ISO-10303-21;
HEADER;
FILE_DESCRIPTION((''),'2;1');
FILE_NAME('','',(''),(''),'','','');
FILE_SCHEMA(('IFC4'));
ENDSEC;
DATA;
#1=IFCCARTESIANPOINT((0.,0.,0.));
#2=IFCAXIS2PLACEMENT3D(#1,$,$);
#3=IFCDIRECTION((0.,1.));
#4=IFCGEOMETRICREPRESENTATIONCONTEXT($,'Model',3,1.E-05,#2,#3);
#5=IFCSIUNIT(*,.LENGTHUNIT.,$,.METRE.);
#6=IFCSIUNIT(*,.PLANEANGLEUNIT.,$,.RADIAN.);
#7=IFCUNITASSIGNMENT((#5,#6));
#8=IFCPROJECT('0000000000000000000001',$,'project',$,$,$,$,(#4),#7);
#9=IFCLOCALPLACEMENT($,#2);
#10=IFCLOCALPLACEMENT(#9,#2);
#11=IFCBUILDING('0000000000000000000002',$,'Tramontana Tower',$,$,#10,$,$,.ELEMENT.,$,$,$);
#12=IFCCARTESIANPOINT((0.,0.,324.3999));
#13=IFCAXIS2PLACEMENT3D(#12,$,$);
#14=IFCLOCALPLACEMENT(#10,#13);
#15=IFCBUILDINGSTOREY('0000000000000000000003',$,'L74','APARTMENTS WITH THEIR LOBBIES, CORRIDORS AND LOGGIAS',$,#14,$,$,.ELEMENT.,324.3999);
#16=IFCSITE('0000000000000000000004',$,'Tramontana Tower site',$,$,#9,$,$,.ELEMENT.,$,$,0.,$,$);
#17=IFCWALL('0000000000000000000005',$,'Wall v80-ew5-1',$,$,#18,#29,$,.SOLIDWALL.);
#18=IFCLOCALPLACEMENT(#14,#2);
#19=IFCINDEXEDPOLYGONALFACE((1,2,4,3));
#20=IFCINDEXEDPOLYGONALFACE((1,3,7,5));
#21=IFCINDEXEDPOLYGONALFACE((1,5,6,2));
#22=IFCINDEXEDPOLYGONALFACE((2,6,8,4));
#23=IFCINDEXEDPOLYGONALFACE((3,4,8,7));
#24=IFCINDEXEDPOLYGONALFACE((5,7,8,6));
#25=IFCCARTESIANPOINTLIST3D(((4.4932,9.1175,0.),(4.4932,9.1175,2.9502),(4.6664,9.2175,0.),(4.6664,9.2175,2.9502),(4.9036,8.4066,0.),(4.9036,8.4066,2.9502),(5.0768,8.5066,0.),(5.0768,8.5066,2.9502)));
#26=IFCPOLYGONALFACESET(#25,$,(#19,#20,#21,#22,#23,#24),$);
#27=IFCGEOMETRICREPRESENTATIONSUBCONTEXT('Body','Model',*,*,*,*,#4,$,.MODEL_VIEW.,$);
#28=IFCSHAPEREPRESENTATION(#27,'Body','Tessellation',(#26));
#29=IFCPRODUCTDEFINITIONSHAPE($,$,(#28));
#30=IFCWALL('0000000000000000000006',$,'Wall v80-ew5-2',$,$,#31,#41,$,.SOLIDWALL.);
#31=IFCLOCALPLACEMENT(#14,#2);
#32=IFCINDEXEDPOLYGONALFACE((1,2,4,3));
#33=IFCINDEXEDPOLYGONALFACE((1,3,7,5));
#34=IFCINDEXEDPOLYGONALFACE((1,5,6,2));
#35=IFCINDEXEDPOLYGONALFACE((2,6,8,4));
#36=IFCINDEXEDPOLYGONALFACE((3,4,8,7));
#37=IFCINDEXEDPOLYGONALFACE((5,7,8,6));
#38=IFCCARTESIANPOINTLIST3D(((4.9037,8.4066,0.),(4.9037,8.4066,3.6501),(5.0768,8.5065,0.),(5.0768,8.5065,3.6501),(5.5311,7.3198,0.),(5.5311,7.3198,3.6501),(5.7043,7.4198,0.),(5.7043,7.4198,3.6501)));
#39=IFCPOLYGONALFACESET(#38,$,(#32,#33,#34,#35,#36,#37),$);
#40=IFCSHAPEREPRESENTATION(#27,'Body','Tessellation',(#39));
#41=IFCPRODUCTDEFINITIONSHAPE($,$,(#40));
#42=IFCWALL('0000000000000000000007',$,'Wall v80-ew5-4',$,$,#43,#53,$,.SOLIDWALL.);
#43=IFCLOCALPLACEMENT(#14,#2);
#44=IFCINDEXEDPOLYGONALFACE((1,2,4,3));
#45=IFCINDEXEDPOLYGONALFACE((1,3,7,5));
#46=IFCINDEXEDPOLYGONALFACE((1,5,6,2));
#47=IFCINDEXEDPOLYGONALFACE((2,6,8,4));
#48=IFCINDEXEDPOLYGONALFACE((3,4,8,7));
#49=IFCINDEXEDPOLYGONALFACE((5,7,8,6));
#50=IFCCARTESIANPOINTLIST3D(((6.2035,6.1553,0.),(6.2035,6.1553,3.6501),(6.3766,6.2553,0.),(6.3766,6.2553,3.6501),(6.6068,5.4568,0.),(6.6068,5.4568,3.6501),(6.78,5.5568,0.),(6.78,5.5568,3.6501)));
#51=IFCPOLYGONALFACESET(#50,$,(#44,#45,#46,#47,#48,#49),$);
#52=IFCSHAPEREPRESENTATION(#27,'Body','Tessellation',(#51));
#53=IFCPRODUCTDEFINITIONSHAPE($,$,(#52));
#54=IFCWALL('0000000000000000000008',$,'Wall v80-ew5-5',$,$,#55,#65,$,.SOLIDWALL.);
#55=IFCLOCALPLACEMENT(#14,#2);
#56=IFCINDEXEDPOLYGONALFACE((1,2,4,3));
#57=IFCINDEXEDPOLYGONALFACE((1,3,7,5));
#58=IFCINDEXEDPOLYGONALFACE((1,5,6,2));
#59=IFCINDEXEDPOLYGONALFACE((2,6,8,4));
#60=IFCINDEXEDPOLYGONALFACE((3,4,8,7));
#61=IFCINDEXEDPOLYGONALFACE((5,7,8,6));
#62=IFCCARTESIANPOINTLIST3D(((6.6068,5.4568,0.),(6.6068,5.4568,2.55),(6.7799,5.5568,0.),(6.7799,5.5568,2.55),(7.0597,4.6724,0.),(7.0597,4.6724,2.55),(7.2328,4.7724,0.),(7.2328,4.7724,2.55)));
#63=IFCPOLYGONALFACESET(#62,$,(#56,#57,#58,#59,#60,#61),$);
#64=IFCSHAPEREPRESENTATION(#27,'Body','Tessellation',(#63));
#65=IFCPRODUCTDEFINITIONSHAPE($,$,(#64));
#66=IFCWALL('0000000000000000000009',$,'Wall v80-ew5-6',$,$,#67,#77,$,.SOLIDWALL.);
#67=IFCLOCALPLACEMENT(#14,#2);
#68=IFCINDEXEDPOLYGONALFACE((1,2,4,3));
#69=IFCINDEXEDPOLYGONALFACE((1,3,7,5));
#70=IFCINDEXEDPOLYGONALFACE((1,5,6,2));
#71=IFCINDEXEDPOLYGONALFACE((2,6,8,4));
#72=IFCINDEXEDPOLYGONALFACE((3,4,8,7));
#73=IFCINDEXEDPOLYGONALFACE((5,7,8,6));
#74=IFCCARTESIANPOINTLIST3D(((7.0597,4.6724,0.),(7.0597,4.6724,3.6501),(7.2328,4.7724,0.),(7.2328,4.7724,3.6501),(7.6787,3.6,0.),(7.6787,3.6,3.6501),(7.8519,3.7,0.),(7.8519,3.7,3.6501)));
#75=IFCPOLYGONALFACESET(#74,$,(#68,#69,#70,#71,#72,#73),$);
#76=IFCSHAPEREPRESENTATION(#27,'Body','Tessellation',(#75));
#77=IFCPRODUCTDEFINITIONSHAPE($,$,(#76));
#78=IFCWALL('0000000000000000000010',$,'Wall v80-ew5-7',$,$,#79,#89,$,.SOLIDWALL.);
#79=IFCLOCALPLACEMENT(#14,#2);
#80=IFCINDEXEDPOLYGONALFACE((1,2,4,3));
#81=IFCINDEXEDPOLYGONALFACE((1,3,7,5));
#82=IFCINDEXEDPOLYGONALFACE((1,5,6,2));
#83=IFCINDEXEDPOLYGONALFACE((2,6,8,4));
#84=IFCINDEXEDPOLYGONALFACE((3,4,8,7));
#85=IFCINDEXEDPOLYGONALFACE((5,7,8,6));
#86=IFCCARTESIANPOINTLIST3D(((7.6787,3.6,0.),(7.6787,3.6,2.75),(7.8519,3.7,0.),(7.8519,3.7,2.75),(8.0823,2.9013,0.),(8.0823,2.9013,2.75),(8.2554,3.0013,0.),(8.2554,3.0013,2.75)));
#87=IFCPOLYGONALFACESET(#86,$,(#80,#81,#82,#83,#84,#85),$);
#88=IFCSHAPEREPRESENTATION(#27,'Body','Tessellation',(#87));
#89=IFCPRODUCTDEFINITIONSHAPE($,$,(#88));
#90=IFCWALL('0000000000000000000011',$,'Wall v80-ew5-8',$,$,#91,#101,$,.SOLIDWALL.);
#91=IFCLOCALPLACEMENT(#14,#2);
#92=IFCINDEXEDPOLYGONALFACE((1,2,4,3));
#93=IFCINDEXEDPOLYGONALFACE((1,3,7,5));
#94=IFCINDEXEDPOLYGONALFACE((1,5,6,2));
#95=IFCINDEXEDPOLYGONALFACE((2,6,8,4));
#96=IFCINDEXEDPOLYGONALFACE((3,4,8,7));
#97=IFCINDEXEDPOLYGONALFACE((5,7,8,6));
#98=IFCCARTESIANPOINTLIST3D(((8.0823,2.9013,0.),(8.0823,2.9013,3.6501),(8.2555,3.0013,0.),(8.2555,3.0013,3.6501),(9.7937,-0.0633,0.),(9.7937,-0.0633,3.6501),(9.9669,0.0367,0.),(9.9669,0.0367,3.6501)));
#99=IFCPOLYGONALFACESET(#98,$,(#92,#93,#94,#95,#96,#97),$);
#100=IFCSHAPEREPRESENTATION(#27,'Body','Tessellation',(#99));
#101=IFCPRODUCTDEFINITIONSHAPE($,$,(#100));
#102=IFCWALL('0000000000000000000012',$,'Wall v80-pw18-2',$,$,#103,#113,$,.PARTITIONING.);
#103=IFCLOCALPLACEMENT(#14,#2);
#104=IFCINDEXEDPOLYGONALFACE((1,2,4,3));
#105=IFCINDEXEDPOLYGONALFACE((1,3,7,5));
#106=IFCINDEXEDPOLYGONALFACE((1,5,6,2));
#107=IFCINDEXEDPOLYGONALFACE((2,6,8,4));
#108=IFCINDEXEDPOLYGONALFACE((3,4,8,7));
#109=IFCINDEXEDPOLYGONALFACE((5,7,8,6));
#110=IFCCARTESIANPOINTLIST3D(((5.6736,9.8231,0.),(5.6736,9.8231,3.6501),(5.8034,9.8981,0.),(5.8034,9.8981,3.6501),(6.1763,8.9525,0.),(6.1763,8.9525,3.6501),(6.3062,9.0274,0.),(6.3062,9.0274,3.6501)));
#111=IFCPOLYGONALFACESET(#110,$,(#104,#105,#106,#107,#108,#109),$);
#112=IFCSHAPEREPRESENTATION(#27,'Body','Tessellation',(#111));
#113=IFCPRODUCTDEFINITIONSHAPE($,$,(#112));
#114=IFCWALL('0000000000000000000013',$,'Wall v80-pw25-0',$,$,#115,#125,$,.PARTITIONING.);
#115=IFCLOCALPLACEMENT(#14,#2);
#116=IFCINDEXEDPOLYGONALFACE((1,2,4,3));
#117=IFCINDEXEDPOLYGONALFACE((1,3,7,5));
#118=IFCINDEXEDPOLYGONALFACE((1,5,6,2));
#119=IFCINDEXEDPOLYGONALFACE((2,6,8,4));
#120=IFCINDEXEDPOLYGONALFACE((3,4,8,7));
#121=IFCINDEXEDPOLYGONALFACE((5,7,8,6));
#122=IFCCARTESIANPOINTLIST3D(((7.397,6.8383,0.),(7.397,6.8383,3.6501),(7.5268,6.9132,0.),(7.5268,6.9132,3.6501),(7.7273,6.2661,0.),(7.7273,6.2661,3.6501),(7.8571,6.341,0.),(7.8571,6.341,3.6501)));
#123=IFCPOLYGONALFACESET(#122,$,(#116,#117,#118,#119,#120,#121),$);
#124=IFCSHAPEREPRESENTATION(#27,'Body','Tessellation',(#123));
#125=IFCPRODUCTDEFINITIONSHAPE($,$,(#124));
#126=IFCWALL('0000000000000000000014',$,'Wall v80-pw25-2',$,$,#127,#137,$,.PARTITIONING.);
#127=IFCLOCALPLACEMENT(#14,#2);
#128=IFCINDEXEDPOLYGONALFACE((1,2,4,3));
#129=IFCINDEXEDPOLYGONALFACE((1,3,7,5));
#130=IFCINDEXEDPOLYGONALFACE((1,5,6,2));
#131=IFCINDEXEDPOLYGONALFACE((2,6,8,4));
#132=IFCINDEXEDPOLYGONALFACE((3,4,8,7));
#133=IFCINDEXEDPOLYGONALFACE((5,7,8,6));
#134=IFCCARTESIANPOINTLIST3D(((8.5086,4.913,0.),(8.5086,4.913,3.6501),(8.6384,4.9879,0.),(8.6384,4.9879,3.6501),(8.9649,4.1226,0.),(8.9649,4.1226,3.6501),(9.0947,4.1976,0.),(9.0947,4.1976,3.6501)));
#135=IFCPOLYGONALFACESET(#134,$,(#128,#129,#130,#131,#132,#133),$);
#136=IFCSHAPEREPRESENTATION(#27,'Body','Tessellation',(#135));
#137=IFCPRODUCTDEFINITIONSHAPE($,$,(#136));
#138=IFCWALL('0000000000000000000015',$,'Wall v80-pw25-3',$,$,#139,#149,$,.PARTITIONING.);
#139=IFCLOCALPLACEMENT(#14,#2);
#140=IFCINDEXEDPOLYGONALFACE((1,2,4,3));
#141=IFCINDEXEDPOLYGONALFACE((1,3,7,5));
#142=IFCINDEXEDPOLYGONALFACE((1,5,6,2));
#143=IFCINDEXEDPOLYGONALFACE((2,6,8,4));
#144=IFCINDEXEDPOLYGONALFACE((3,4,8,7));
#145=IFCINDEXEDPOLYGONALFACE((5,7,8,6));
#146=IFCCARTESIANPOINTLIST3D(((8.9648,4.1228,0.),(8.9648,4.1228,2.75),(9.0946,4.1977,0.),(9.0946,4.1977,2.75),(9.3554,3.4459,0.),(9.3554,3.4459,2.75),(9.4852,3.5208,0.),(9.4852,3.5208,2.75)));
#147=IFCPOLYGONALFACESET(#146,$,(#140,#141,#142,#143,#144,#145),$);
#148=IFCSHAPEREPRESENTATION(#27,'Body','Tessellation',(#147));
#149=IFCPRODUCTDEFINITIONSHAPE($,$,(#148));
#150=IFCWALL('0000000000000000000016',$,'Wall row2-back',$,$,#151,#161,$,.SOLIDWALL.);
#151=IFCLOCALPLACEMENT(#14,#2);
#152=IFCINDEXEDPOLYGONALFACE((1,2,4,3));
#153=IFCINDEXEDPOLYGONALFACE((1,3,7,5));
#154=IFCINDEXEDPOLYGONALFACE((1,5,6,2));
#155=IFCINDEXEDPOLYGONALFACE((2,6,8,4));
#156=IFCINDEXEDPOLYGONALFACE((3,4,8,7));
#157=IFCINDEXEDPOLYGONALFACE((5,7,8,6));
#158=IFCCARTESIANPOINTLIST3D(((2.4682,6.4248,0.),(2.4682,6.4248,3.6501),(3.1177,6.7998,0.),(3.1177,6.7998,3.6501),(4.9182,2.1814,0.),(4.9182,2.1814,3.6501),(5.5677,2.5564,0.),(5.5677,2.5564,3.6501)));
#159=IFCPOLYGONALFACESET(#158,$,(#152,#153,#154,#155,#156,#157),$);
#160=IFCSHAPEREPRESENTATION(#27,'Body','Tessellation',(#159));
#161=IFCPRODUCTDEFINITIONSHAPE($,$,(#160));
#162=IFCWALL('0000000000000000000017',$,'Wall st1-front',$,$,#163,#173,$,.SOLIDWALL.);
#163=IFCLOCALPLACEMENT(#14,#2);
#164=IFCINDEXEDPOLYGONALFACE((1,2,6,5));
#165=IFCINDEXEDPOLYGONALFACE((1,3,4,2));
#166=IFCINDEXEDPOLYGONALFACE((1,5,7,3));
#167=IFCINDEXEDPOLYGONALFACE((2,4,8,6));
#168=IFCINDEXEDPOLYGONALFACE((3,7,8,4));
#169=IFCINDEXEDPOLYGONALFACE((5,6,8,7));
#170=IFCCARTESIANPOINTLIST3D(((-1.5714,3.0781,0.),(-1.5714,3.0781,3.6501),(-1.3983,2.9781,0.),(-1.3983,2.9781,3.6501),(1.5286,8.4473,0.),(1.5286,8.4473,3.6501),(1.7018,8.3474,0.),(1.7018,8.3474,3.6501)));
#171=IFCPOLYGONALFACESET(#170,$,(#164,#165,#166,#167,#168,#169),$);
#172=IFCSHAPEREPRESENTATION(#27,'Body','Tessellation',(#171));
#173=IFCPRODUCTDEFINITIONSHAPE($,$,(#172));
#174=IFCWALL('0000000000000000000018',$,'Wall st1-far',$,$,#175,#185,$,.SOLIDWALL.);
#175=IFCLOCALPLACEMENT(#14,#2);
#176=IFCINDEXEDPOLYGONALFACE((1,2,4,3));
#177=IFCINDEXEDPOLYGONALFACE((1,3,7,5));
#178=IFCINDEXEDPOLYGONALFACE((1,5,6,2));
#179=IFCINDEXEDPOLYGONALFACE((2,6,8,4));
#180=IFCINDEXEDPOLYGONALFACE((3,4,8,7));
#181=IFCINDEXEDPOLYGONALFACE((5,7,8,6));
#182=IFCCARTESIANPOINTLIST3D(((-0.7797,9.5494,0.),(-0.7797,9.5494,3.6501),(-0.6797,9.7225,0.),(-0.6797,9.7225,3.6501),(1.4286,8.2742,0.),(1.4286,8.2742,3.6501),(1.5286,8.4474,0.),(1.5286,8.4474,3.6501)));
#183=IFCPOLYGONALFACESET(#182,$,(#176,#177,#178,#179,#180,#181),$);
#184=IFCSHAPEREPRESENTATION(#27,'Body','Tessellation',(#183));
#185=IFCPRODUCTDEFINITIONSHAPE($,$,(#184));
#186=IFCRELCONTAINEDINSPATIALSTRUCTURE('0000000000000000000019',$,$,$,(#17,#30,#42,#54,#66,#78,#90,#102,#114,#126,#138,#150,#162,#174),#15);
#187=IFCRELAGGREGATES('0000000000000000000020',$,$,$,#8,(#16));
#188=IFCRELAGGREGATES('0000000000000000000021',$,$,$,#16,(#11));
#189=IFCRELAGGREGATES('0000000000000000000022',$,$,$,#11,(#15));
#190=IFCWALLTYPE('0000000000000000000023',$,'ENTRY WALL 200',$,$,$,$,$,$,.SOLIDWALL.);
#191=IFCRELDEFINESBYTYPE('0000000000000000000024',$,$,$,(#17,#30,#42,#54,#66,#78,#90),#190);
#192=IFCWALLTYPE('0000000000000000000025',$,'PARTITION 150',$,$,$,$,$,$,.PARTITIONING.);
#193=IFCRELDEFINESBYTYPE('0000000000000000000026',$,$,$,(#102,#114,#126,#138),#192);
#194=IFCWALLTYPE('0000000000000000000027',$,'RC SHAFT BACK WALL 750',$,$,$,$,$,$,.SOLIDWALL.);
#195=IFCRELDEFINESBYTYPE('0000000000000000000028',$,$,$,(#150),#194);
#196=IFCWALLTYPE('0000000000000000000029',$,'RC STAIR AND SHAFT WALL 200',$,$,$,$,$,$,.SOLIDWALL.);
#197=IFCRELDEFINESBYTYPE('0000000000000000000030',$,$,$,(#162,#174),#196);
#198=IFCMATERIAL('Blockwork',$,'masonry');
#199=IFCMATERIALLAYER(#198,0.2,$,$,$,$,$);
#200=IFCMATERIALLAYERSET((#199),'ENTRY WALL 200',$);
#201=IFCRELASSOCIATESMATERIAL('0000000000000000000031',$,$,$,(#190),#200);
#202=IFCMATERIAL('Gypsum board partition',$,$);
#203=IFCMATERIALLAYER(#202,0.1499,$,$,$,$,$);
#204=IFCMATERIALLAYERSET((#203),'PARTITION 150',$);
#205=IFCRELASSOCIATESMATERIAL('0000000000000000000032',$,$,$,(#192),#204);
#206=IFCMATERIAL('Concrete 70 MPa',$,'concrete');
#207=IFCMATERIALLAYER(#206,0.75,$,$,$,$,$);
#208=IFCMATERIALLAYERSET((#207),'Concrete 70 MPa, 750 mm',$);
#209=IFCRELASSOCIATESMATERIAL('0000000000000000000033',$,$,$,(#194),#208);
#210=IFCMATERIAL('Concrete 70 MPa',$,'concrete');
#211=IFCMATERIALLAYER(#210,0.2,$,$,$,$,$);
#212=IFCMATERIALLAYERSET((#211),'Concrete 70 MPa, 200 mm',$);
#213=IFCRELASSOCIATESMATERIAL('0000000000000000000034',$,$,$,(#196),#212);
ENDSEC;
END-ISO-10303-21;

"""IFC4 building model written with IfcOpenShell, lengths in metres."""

from ifc_helpers import new_model, si_unit, direction, frame, frame_2d, origin, place, context, subcontext, project, spatial, rectangle, extrude, material, layer, layer_set, type_object, element, save


model = new_model("IFC4")

# Units and contexts
model_context = context("Model", 3, precision=1e-05, world=origin(), true_north=direction((0.0, 1.0)))
body_context = subcontext(model_context, "Body", "Model", "MODEL_VIEW")
ifc_project = project(units=[si_unit("LENGTHUNIT", "METRE"), si_unit("PLANEANGLEUNIT", "RADIAN")], contexts=[model_context])

# Site, building, storey
site_placement = place(None, origin())
site = spatial("IfcSite", under=ifc_project, at=site_placement, Name="Tramontana Tower site", CompositionType="ELEMENT", RefElevation=0.0)
building_placement = place(site_placement, origin())
building = spatial("IfcBuilding", under=site, at=building_placement, Name="Tramontana Tower", CompositionType="ELEMENT")
storey_placement = place(building_placement, frame((0.0, 0.0, 324.3999)))
storey = spatial("IfcBuildingStorey", under=building, at=storey_placement, Name="L74", Description="APARTMENTS WITH THEIR LOBBIES, CORRIDORS AND LOGGIAS", CompositionType="ELEMENT", Elevation=324.3999)

# Walls
ifc_material_1 = material(Name="Blockwork", Category="masonry")
ifc_layer_1 = layer(ifc_material_1, 0.2)
ifc_layer_set_1 = layer_set([ifc_layer_1], Name="ENTRY WALL 200")
wall_type_1 = type_object("IfcWallType", Name="ENTRY WALL 200", PredefinedType="SOLIDWALL", material=ifc_layer_set_1)
wall_1_placement = place(storey_placement, frame((4.5798, 9.1675, 0.0), z_axis=(0.0, 0.0, 1.0), x_axis=(0.499946, -0.866057, 0.0)))
element("IfcWall", 1, at=wall_1_placement, inside=storey, type_object=wall_type_1, Name="Wall v80-ew5-1", PredefinedType="SOLIDWALL", context=body_context, shape_type="SweptSolid", body=[
    extrude(rectangle(XDim=0.8208, YDim=0.2, at=frame_2d((0.4104, 0.0))), origin(), (0.0, 0.0, 1.0), 2.9502),
])
wall_2_placement = place(storey_placement, frame((4.9902, 8.4565, 0.0), z_axis=(0.0, 0.0, 1.0), x_axis=(0.500031, -0.866007, 0.0)))
element("IfcWall", 2, at=wall_2_placement, inside=storey, type_object=wall_type_1, Name="Wall v80-ew5-2", PredefinedType="SOLIDWALL", context=body_context, shape_type="SweptSolid", body=[
    extrude(rectangle(XDim=1.2549, YDim=0.2, at=frame_2d((0.6274, 0.0))), origin(), (0.0, 0.0, 1.0), 3.6501),
])

# Walls
wall_3_placement = place(storey_placement, frame((6.29, 6.2053, 0.0), z_axis=(0.0, 0.0, 1.0), x_axis=(0.500046, -0.865999, 0.0)))
element("IfcWall", 3, at=wall_3_placement, inside=storey, type_object=wall_type_1, Name="Wall v80-ew5-4", PredefinedType="SOLIDWALL", context=body_context, shape_type="SweptSolid", body=[
    extrude(rectangle(XDim=0.8066, YDim=0.2, at=frame_2d((0.4033, 0.0))), origin(), (0.0, 0.0, 1.0), 3.6501),
])
wall_4_placement = place(storey_placement, frame((6.6934, 5.5068, 0.0), z_axis=(0.0, 0.0, 1.0), x_axis=(0.499995, -0.866028, 0.0)))
element("IfcWall", 4, at=wall_4_placement, inside=storey, type_object=wall_type_1, Name="Wall v80-ew5-5", PredefinedType="SOLIDWALL", context=body_context, shape_type="SweptSolid", body=[
    extrude(rectangle(XDim=0.9058, YDim=0.2, at=frame_2d((0.4529, 0.0))), origin(), (0.0, 0.0, 1.0), 2.55),
])
wall_5_placement = place(storey_placement, frame((7.1462, 4.7224, 0.0), z_axis=(0.0, 0.0, 1.0), x_axis=(0.499956, -0.866051, 0.0)))
element("IfcWall", 5, at=wall_5_placement, inside=storey, type_object=wall_type_1, Name="Wall v80-ew5-6", PredefinedType="SOLIDWALL", context=body_context, shape_type="SweptSolid", body=[
    extrude(rectangle(XDim=1.2383, YDim=0.2, at=frame_2d((0.6191, 0.0))), origin(), (0.0, 0.0, 1.0), 3.6501),
])
wall_6_placement = place(storey_placement, frame((7.7654, 3.6499, 0.0), z_axis=(0.0, 0.0, 1.0), x_axis=(0.500141, -0.865944, 0.0)))
element("IfcWall", 6, at=wall_6_placement, inside=storey, type_object=wall_type_1, Name="Wall v80-ew5-7", PredefinedType="SOLIDWALL", context=body_context, shape_type="SweptSolid", body=[
    extrude(rectangle(XDim=0.8069, YDim=0.2, at=frame_2d((0.4033, 0.0))), origin(), (0.0, 0.0, 1.0), 2.75),
])
wall_7_placement = place(storey_placement, frame((8.1689, 2.9512, 0.0), z_axis=(0.0, 0.0, 1.0), x_axis=(0.499959, -0.866049, 0.0)))
element("IfcWall", 7, at=wall_7_placement, inside=storey, type_object=wall_type_1, Name="Wall v80-ew5-8", PredefinedType="SOLIDWALL", context=body_context, shape_type="SweptSolid", body=[
    extrude(rectangle(XDim=3.4231, YDim=0.2, at=frame_2d((1.7114, 0.0))), origin(), (0.0, 0.0, 1.0), 3.6501),
])
ifc_material_2 = material(Name="Gypsum board partition")
ifc_layer_2 = layer(ifc_material_2, 0.1499)
ifc_layer_set_2 = layer_set([ifc_layer_2], Name="PARTITION 150")
wall_type_2 = type_object("IfcWallType", Name="PARTITION 150", PredefinedType="PARTITIONING", material=ifc_layer_set_2)
wall_8_placement = place(storey_placement, frame((5.7385, 9.8606, 0.0), z_axis=(0.0, 0.0, 1.0), x_axis=(0.500031, -0.866008, 0.0)))
element("IfcWall", 8, at=wall_8_placement, inside=storey, type_object=wall_type_2, Name="Wall v80-pw18-2", PredefinedType="PARTITIONING", context=body_context, shape_type="SweptSolid", body=[
    extrude(rectangle(XDim=1.0054, YDim=0.1499, at=frame_2d((0.5027, 0.0))), origin(), (0.0, 0.0, 1.0), 3.6501),
])

# Wall
wall_9_placement = place(storey_placement, frame((7.4619, 6.8757, 0.0), z_axis=(0.0, 0.0, 1.0), x_axis=(0.499914, -0.866075, 0.0)))
element("IfcWall", 9, at=wall_9_placement, inside=storey, type_object=wall_type_2, Name="Wall v80-pw25-0", PredefinedType="PARTITIONING", context=body_context, shape_type="SweptSolid", body=[
    extrude(rectangle(XDim=0.6606, YDim=0.1499, at=frame_2d((0.3303, 0.0))), origin(), (0.0, 0.0, 1.0), 3.6501),
])

# Walls
wall_10_placement = place(storey_placement, frame((8.5735, 4.9504, 0.0), z_axis=(0.0, 0.0, 1.0), x_axis=(0.500024, -0.866012, 0.0)))
element("IfcWall", 10, at=wall_10_placement, inside=storey, type_object=wall_type_2, Name="Wall v80-pw25-2", PredefinedType="PARTITIONING", context=body_context, shape_type="SweptSolid", body=[
    extrude(rectangle(XDim=0.9126, YDim=0.1499, at=frame_2d((0.4563, 0.0))), origin(), (0.0, 0.0, 1.0), 3.6501),
])
wall_11_placement = place(storey_placement, frame((9.0298, 4.1602, 0.0), z_axis=(0.0, 0.0, 1.0), x_axis=(0.499768, -0.86616, 0.0)))
element("IfcWall", 11, at=wall_11_placement, inside=storey, type_object=wall_type_2, Name="Wall v80-pw25-3", PredefinedType="PARTITIONING", context=body_context, shape_type="SweptSolid", body=[
    extrude(rectangle(XDim=0.7815, YDim=0.1499, at=frame_2d((0.3906, 0.0))), origin(), (0.0, 0.0, 1.0), 2.75),
])
ifc_material_3 = material(Name="Concrete 70 MPa", Category="concrete")
ifc_layer_3 = layer(ifc_material_3, 0.75)
ifc_layer_set_3 = layer_set([ifc_layer_3], Name="Concrete 70 MPa, 750 mm")
wall_type_3 = type_object("IfcWallType", Name="RC SHAFT BACK WALL 750", PredefinedType="SOLIDWALL", material=ifc_layer_set_3)
wall_12_placement = place(storey_placement, frame((5.2429, 2.3689, 0.0), z_axis=(0.0, 0.0, 1.0), x_axis=(-0.500003, 0.866024, 0.0)))
element("IfcWall", 12, at=wall_12_placement, inside=storey, type_object=wall_type_3, Name="Wall row2-back", PredefinedType="SOLIDWALL", context=body_context, shape_type="SweptSolid", body=[
    extrude(rectangle(XDim=4.8999, YDim=0.75, at=frame_2d((2.45, 0.0))), origin(), (0.0, 0.0, 1.0), 3.6501),
])
ifc_material_4 = material(Name="Concrete 70 MPa", Category="concrete")
ifc_layer_4 = layer(ifc_material_4, 0.2)
ifc_layer_set_4 = layer_set([ifc_layer_4], Name="Concrete 70 MPa, 200 mm")
wall_type_4 = type_object("IfcWallType", Name="RC STAIR AND SHAFT WALL 200", PredefinedType="SOLIDWALL", material=ifc_layer_set_4)
wall_13_placement = place(storey_placement, frame((1.6152, 8.3975, 0.0), z_axis=(0.0, 0.0, 1.0), x_axis=(-0.50001, -0.86602, 0.0)))
element("IfcWall", 13, at=wall_13_placement, inside=storey, type_object=wall_type_4, Name="Wall st1-front", PredefinedType="SOLIDWALL", context=body_context, shape_type="SweptSolid", body=[
    extrude(rectangle(XDim=6.2, YDim=0.2, at=frame_2d((3.1001, 0.0))), origin(), (0.0, 0.0, 1.0), 3.6501),
])
wall_14_placement = place(storey_placement, frame((1.4785, 8.3608, 0.0), z_axis=(0.0, 0.0, 1.0), x_axis=(-0.865989, 0.500062, 0.0)))
element("IfcWall", 14, at=wall_14_placement, inside=storey, type_object=wall_type_4, Name="Wall st1-far", PredefinedType="SOLIDWALL", context=body_context, shape_type="SweptSolid", body=[
    extrude(rectangle(XDim=2.55, YDim=0.2, at=frame_2d((1.2749, 0.0))), origin(), (0.0, 0.0, 1.0), 3.6501),
])

save(model, "model.ifc")
